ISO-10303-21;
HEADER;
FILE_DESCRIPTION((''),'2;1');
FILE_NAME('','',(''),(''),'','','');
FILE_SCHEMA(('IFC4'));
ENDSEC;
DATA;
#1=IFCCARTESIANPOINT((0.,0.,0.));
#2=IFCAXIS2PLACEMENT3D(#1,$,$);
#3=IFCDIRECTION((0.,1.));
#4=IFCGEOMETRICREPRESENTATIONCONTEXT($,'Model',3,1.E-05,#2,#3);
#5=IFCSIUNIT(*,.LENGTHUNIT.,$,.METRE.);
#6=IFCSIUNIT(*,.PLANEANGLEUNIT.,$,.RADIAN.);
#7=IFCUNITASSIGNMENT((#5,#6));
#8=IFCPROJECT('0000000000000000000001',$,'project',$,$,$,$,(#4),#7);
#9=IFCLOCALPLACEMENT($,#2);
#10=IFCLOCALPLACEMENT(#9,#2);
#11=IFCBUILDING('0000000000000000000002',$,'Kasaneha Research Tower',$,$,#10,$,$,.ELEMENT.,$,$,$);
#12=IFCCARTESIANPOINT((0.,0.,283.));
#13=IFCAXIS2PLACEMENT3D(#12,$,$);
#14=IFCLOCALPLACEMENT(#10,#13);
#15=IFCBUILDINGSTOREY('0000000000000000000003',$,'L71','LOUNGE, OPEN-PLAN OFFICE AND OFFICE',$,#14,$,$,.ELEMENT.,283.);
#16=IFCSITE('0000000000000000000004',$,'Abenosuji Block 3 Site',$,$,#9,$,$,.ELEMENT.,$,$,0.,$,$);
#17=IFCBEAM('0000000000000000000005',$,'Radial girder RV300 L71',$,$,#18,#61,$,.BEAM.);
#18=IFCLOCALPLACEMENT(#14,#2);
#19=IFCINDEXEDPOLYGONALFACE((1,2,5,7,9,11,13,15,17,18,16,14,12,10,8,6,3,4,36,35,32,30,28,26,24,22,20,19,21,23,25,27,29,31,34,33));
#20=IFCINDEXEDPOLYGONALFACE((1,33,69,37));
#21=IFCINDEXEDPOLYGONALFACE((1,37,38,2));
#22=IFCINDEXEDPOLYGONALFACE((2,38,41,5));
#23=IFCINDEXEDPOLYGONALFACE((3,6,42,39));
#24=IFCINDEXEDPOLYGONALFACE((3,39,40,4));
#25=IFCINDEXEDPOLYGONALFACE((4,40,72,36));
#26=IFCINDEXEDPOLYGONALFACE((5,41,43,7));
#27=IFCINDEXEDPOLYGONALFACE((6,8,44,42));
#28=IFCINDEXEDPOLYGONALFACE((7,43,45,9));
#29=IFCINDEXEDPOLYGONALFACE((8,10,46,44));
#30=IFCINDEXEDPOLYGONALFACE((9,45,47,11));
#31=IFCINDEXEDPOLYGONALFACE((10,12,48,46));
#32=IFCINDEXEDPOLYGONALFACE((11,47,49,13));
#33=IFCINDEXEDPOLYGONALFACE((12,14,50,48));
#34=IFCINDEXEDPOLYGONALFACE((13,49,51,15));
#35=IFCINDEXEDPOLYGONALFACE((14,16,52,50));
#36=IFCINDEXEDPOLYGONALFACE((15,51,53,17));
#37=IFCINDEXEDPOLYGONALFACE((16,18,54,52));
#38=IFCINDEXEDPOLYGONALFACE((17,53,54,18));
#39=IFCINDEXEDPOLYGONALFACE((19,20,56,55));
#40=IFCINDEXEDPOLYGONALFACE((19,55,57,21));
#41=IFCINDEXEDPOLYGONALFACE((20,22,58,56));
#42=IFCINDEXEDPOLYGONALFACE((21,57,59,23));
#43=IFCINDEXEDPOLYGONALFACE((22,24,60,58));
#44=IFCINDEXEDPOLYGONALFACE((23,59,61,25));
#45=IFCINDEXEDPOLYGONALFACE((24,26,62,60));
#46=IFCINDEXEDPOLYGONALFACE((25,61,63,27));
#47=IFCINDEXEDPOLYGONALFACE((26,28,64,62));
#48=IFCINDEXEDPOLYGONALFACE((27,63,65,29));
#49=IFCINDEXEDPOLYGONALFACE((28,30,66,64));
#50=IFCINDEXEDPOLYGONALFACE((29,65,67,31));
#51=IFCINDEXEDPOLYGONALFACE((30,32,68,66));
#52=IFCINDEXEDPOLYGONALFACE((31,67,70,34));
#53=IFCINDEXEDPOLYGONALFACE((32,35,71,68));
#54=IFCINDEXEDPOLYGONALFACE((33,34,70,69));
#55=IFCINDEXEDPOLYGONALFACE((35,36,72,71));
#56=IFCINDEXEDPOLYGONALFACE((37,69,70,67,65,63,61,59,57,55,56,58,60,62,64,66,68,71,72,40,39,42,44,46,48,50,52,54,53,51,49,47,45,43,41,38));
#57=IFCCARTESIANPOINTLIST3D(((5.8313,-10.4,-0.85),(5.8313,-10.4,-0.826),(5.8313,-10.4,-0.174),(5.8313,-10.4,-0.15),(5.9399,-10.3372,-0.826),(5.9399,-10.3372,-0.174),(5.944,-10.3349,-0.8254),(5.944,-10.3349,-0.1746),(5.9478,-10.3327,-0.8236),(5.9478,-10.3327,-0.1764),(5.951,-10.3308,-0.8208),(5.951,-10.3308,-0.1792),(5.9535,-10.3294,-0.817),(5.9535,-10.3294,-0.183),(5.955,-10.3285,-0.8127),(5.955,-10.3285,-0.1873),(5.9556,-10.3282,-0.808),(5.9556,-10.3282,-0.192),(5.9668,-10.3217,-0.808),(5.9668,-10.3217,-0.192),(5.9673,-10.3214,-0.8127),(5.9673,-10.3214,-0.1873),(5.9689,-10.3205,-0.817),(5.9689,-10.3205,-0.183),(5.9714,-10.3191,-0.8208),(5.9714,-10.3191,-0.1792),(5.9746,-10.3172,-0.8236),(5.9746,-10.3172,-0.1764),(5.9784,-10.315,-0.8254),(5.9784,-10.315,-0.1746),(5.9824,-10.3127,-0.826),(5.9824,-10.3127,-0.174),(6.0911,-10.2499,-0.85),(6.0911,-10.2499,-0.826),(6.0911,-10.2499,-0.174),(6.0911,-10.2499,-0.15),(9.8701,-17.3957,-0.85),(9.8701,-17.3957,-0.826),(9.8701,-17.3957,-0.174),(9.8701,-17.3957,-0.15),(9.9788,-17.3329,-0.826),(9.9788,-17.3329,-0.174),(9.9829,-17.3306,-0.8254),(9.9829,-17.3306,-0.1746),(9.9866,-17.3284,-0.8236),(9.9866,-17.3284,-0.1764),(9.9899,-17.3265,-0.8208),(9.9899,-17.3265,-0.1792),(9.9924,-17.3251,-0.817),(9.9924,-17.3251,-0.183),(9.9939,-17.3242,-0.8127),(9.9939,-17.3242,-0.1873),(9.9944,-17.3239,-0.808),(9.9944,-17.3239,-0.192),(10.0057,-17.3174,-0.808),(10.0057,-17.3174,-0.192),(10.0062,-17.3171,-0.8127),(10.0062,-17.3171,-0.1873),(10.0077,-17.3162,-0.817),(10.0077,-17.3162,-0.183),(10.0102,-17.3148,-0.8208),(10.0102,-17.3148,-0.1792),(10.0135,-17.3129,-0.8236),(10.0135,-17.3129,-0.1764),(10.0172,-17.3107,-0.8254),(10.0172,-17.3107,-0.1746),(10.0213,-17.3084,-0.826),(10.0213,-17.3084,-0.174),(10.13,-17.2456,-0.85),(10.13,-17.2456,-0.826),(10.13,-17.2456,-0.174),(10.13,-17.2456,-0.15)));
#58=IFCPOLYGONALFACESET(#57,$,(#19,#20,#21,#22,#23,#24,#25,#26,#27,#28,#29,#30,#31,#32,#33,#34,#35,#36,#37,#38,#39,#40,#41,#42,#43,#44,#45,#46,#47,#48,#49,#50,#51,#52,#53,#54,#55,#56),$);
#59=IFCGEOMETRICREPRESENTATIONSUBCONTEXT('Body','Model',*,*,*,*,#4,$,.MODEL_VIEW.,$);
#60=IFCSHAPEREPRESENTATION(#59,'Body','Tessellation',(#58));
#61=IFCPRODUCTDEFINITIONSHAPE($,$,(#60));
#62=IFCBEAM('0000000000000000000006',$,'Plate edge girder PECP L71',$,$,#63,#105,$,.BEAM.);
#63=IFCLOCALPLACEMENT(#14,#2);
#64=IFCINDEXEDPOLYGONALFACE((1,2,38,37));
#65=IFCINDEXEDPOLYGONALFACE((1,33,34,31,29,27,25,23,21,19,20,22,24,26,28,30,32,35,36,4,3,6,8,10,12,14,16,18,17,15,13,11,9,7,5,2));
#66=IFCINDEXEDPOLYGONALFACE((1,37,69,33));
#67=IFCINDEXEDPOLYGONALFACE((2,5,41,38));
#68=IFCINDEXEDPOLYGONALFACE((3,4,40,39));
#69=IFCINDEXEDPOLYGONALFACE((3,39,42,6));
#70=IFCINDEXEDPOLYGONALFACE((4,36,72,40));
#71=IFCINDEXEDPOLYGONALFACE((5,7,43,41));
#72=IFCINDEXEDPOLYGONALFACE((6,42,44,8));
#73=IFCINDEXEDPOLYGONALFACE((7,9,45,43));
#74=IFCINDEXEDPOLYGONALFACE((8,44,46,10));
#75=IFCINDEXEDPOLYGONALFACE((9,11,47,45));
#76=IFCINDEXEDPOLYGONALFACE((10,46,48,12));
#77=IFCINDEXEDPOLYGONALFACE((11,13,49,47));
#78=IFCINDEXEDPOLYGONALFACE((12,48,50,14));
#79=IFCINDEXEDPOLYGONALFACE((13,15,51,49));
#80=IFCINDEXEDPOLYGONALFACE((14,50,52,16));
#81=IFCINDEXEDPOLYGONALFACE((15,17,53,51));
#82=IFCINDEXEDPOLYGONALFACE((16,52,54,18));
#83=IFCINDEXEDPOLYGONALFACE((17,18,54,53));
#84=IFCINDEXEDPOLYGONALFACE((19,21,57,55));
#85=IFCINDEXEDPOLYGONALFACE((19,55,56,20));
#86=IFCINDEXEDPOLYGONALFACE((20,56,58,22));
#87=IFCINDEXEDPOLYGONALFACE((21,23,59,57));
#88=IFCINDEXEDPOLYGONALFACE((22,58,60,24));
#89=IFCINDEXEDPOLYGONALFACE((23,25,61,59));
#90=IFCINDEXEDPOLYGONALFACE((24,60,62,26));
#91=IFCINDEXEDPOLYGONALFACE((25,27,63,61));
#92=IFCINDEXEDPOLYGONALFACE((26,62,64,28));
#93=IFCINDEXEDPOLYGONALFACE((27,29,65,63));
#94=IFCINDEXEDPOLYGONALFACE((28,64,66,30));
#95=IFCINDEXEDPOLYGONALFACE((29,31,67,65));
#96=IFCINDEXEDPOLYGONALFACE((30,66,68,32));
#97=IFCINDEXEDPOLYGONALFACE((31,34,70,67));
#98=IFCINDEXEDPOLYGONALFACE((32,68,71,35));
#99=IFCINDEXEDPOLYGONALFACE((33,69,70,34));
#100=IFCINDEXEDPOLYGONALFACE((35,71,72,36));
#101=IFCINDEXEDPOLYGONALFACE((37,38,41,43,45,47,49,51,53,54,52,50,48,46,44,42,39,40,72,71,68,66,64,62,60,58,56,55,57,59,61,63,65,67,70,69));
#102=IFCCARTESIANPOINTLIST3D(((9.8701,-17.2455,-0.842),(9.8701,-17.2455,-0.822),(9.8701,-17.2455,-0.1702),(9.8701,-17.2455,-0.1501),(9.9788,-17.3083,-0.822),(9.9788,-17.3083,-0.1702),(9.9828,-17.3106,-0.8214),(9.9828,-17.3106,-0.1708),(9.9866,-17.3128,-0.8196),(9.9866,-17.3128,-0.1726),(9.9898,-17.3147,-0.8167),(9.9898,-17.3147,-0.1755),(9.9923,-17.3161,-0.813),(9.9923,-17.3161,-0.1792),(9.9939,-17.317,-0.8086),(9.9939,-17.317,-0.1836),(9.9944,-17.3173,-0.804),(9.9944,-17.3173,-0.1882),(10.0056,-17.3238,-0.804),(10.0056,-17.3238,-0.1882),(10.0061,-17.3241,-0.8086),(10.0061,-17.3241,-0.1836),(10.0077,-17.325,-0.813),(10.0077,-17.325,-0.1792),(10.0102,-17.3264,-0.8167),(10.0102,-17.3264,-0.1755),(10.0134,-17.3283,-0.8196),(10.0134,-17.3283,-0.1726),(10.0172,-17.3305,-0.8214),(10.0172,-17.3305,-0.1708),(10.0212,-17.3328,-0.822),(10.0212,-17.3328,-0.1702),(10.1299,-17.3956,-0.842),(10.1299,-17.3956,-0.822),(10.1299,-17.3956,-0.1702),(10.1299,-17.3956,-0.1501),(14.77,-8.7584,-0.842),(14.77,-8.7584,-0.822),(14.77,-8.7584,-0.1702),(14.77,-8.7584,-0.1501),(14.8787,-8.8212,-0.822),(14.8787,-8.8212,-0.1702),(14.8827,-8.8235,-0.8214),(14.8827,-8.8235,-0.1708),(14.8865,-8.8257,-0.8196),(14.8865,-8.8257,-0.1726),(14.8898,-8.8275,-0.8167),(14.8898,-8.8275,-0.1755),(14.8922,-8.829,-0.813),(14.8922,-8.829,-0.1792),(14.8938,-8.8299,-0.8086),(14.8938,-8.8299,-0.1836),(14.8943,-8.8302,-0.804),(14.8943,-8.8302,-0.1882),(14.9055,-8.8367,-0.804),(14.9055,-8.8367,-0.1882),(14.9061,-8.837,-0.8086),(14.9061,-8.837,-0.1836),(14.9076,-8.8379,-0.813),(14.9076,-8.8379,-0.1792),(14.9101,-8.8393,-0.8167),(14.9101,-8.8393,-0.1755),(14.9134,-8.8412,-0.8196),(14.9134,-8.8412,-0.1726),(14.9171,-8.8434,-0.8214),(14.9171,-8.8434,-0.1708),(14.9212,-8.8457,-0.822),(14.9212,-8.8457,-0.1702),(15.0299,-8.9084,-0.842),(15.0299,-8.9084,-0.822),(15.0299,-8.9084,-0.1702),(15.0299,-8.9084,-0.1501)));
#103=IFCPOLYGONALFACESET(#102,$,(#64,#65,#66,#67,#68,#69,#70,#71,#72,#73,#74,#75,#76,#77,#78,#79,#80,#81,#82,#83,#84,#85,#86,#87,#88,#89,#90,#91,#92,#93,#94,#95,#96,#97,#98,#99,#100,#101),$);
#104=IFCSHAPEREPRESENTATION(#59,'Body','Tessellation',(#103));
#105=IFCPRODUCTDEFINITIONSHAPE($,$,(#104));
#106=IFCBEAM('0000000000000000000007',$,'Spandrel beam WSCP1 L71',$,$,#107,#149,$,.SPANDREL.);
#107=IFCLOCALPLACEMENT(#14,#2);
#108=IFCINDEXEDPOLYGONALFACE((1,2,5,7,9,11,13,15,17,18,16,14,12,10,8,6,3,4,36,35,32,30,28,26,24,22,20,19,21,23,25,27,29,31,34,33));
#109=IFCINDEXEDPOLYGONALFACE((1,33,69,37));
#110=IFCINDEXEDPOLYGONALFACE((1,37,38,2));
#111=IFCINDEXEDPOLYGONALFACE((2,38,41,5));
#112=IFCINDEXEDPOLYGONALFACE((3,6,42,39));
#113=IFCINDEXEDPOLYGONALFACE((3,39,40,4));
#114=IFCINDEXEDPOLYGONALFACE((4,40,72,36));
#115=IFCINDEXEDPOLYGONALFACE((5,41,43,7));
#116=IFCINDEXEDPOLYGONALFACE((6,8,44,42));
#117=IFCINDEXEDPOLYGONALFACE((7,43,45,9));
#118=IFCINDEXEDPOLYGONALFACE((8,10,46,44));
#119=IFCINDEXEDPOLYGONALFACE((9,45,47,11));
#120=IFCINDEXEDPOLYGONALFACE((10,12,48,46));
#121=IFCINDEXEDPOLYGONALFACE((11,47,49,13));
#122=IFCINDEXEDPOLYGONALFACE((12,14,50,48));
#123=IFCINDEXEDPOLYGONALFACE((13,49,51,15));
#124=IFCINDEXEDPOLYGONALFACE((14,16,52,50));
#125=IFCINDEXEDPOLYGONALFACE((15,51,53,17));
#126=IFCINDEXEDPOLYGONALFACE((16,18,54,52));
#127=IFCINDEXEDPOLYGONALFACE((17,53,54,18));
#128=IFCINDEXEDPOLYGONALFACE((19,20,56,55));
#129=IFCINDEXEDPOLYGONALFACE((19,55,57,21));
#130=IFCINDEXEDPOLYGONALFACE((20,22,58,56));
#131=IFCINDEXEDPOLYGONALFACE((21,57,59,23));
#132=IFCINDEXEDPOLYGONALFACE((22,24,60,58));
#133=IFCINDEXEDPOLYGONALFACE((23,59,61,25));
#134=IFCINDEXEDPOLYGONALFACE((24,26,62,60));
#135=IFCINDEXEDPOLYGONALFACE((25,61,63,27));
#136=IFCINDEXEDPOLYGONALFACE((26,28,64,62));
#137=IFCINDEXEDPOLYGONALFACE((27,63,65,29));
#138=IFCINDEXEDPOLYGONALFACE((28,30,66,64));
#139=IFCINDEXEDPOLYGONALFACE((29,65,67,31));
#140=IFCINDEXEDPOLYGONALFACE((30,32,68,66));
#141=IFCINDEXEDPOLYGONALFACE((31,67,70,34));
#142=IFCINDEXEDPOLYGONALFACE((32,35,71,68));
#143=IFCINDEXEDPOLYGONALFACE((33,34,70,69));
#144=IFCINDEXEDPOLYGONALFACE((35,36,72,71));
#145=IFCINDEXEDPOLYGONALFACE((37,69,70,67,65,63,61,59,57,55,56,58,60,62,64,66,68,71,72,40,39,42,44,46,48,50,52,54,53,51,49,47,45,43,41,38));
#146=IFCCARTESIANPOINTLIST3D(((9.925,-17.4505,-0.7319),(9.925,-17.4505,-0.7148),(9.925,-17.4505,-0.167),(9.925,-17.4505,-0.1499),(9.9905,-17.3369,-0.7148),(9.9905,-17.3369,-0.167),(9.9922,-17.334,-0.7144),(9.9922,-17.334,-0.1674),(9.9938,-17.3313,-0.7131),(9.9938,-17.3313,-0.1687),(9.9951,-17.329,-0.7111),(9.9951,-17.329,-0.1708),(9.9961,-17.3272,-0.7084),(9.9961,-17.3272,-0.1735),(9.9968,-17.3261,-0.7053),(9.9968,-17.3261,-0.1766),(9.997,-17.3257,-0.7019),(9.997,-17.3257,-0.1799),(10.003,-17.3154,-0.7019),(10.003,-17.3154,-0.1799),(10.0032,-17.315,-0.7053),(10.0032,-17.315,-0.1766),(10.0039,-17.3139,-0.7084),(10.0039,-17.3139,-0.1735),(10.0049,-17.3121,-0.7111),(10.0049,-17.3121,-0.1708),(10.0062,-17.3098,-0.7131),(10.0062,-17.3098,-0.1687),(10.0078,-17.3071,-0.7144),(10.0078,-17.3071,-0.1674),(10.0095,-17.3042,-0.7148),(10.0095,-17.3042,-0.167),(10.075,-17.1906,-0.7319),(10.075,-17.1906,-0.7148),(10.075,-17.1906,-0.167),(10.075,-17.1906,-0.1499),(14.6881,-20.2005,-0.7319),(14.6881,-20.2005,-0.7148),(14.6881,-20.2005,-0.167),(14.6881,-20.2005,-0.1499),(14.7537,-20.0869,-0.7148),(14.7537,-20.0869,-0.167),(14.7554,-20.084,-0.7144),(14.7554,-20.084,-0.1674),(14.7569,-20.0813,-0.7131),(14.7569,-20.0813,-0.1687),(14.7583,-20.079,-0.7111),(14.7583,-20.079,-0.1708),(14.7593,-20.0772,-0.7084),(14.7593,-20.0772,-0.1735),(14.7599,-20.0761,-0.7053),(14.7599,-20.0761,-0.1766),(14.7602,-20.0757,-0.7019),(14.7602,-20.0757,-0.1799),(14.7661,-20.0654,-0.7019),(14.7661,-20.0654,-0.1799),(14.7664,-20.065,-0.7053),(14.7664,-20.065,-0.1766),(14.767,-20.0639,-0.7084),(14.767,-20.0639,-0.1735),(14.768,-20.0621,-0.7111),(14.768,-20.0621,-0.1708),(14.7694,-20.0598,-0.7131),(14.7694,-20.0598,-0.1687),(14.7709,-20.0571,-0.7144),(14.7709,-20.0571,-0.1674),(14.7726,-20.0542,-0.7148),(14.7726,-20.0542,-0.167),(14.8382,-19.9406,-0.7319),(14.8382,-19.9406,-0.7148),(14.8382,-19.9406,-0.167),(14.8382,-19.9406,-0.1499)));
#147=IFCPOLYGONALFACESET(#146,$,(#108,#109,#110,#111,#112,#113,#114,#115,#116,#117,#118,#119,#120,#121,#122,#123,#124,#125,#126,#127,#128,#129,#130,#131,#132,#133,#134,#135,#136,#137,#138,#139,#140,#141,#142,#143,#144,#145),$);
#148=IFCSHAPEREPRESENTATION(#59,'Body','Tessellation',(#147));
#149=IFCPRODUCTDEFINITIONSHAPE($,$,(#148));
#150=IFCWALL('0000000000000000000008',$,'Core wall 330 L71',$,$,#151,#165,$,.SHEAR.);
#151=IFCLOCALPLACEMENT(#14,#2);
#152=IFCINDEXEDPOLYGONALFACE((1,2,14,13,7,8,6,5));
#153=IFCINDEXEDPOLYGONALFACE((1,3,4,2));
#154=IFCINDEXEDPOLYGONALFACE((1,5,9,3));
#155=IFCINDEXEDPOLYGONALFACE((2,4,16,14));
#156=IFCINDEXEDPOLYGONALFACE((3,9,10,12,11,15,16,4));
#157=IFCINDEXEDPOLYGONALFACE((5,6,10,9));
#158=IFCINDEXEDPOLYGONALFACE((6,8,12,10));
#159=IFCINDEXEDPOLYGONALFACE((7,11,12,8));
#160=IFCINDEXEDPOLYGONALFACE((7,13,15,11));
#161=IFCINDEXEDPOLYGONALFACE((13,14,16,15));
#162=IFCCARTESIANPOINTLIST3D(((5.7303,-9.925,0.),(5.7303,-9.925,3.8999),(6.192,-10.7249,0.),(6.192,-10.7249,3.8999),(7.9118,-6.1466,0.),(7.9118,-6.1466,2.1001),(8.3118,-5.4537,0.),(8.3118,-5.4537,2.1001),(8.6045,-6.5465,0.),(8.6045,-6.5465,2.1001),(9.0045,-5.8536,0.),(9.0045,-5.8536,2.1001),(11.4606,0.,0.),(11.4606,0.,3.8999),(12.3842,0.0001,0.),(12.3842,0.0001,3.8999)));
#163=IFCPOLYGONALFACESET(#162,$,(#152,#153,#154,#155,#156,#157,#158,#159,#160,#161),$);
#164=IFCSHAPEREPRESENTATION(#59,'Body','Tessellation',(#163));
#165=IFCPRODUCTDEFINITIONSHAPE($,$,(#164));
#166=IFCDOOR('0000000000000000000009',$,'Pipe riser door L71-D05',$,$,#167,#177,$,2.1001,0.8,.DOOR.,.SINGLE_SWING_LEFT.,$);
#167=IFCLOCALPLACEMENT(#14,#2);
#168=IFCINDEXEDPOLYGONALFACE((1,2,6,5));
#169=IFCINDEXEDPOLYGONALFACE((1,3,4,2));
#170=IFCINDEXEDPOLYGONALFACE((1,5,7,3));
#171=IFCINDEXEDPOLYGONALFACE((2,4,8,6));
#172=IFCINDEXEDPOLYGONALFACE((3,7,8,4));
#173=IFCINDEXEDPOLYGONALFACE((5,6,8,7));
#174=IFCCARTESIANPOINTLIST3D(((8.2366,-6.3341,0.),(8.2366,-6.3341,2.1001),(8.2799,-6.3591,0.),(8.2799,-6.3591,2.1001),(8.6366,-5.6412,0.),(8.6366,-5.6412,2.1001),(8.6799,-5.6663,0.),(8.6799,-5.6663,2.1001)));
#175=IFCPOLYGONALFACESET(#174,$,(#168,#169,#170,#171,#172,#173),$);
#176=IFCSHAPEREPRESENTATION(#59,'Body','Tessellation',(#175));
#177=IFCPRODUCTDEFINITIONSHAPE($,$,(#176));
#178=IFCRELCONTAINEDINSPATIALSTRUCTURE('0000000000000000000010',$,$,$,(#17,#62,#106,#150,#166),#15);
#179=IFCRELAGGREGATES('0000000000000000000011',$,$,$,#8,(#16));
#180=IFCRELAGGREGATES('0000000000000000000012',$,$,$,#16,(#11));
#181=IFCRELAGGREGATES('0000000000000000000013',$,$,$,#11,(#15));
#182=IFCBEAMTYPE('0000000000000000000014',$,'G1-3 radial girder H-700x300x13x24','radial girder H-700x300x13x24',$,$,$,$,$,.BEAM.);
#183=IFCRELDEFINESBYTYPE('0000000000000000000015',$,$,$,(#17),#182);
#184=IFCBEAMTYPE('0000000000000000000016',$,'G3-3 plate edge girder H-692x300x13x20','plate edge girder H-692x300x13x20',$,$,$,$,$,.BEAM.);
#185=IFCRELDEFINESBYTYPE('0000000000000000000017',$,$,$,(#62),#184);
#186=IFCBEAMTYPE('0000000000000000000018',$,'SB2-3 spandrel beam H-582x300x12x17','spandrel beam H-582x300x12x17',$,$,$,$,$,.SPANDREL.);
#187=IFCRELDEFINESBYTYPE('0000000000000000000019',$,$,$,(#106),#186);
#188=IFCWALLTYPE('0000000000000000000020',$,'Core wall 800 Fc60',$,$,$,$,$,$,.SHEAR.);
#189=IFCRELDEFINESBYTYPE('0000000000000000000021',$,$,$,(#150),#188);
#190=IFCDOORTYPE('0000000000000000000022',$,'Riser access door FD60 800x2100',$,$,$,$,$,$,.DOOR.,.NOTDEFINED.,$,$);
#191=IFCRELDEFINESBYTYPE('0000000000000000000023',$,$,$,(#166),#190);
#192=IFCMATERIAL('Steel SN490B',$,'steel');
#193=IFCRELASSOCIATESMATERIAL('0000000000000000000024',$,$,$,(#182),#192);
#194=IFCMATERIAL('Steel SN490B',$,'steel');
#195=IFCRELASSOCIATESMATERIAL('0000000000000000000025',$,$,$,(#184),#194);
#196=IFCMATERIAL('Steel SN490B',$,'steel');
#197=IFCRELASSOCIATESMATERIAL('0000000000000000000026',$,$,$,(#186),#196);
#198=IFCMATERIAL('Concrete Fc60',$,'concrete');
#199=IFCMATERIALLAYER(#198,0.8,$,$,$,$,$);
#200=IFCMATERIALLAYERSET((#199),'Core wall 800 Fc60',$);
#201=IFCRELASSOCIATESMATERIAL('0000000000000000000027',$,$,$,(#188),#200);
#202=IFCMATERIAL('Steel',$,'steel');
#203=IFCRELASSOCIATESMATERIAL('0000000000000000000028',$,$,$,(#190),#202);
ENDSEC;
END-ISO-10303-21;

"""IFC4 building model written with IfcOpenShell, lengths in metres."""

from ifc_helpers import new_model, si_unit, direction, frame, frame_2d, origin, origin_2d, place, context, subcontext, project, spatial, polyline, rectangle, i_section, outline, extrude, material, layer, layer_set, material_profile, profile_set, type_object, element, fill, save


model = new_model("IFC4")

# Units and contexts
model_context = context("Model", 3, precision=1e-05, world=origin(), true_north=direction((0.0, 1.0)))
body_context = subcontext(model_context, "Body", "Model", "MODEL_VIEW")
ifc_project = project(units=[si_unit("LENGTHUNIT", "METRE"), si_unit("PLANEANGLEUNIT", "RADIAN")], contexts=[model_context])

# Site, building, storey
site_placement = place(None, origin())
site = spatial("IfcSite", under=ifc_project, at=site_placement, Name="Abenosuji Block 3 Site", CompositionType="ELEMENT", RefElevation=0.0)
building_placement = place(site_placement, origin())
building = spatial("IfcBuilding", under=site, at=building_placement, Name="Kasaneha Research Tower", CompositionType="ELEMENT")
storey_placement = place(building_placement, frame((0.0, 0.0, 283.0)))
storey = spatial("IfcBuildingStorey", under=building, at=storey_placement, Name="L71", Description="LOUNGE, OPEN-PLAN OFFICE AND OFFICE", CompositionType="ELEMENT", Elevation=283.0)

# Beams
ifc_material_1 = material(Name="Steel SN490B", Category="steel")
ifc_material_profile_1 = material_profile(ifc_material_1, i_section(OverallWidth=0.3, OverallDepth=0.7, WebThickness=0.0129, FlangeThickness=0.0239, FilletRadius=0.0181, at=origin_2d()), Name="H-700x300x13x24")
ifc_profile_set_1 = profile_set([ifc_material_profile_1], Name="Steel SN490B")
beam_type_1 = type_object("IfcBeamType", Name="G1-3 radial girder H-700x300x13x24", Description="radial girder H-700x300x13x24", PredefinedType="BEAM", material=ifc_profile_set_1)
beam_1_placement = place(storey_placement, frame((5.9612, -10.325, -0.5), z_axis=(0.499991, -0.866031, 0.0), x_axis=(0.866031, 0.499991, 0.0)))
element("IfcBeam", 1, at=beam_1_placement, inside=storey, type_object=beam_type_1, Name="Radial girder RV300 L71", PredefinedType="BEAM", context=body_context, shape_type="SweptSolid", body=[
    extrude(i_section(OverallWidth=0.3, OverallDepth=0.7, WebThickness=0.0129, FlangeThickness=0.0239, FilletRadius=0.0181, at=origin_2d()), origin(), (0.0, 0.0, 1.0), 8.0779),
])
ifc_material_2 = material(Name="Steel SN490B", Category="steel")
ifc_material_profile_2 = material_profile(ifc_material_2, i_section(OverallWidth=0.3, OverallDepth=0.6919, WebThickness=0.0129, FlangeThickness=0.02, FilletRadius=0.0181, at=origin_2d()), Name="H-692x300x13x20")
ifc_profile_set_2 = profile_set([ifc_material_profile_2], Name="Steel SN490B")
beam_type_2 = type_object("IfcBeamType", Name="G3-3 plate edge girder H-692x300x13x20", Description="plate edge girder H-692x300x13x20", PredefinedType="BEAM", material=ifc_profile_set_2)
beam_2_placement = place(storey_placement, frame((10.0, -17.3206, -0.4961), z_axis=(0.499992, 0.86603, 0.0), x_axis=(-0.86603, 0.499992, 0.0)))
element("IfcBeam", 2, at=beam_2_placement, inside=storey, type_object=beam_type_2, Name="Plate edge girder PECP L71", PredefinedType="BEAM", context=body_context, shape_type="SweptSolid", body=[
    extrude(i_section(OverallWidth=0.3, OverallDepth=0.6919, WebThickness=0.0129, FlangeThickness=0.02, FilletRadius=0.0181, at=origin_2d()), origin(), (0.0, 0.0, 1.0), 9.8),
])
ifc_material_3 = material(Name="Steel SN490B", Category="steel")
ifc_material_profile_3 = material_profile(ifc_material_3, i_section(OverallWidth=0.3, OverallDepth=0.582, WebThickness=0.012, FlangeThickness=0.0171, FilletRadius=0.0129, at=origin_2d()), Name="H-582x300x12x17")
ifc_profile_set_3 = profile_set([ifc_material_profile_3], Name="Steel SN490B")
beam_type_3 = type_object("IfcBeamType", Name="SB2-3 spandrel beam H-582x300x12x17", Description="spandrel beam H-582x300x12x17", PredefinedType="SPANDREL", material=ifc_profile_set_3)
beam_3_placement = place(storey_placement, frame((10.0, -17.3206, -0.4409), z_axis=(0.866027, -0.499997, 0.0), x_axis=(0.499997, 0.866027, 0.0)))
element("IfcBeam", 3, at=beam_3_placement, inside=storey, type_object=beam_type_3, Name="Spandrel beam WSCP1 L71", PredefinedType="SPANDREL", context=body_context, shape_type="SweptSolid", body=[
    extrude(i_section(OverallWidth=0.3, OverallDepth=0.582, WebThickness=0.012, FlangeThickness=0.0171, FilletRadius=0.0129, at=origin_2d()), origin(), (0.0, 0.0, 1.0), 5.5),
])

# Wall, opening, door
ifc_material_4 = material(Name="Concrete Fc60", Category="concrete")
ifc_layer_1 = layer(ifc_material_4, 0.8)
ifc_layer_set_1 = layer_set([ifc_layer_1], Name="Core wall 800 Fc60")
wall_type_1 = type_object("IfcWallType", Name="Core wall 800 Fc60", PredefinedType="SHEAR", material=ifc_layer_set_1)
wall_1_placement = place(storey_placement, frame((5.9612, -10.325, 0.0), z_axis=(0.0, 0.0, 1.0), x_axis=(0.500004, 0.866023, 0.0)))
wall_1 = element("IfcWall", 4, at=wall_1_placement, inside=storey, type_object=wall_type_1, Name="Core wall 330 L71", PredefinedType="SHEAR", context=body_context, shape_type="SweptSolid", body=[
    extrude(outline(polyline([(-0.231, -0.3999), (4.594, -0.3999), (5.394, -0.3999), (12.1533, -0.3999), (11.6914, 0.3999), (5.394, 0.3999), (4.594, 0.3999), (0.231, 0.3999), (-0.231, -0.3999)])), origin(), (0.0, 0.0, 1.0), 3.8999),
])
opening_1_placement = place(wall_1_placement, frame((4.594, 0.0, 0.0)))
opening_1 = element("IfcOpeningElement", 5, at=opening_1_placement, cuts=wall_1, PredefinedType="OPENING", context=body_context, shape_type="SweptSolid", body=[
    extrude(rectangle(XDim=0.8, YDim=2.1001, at=frame_2d((0.3999, 1.05))), frame((0.0, 0.4102, 0.0), z_axis=(0.0, -1.0, 0.0), x_axis=(1.0, 0.0, 0.0)), (0.0, 0.0, 1.0), 0.8201),
])
ifc_material_5 = material(Name="Steel", Category="steel")
door_type_1 = type_object("IfcDoorType", Name="Riser access door FD60 800x2100", OperationType="NOTDEFINED", PredefinedType="DOOR", material=ifc_material_5)
door_1_placement = place(opening_1_placement, origin())
door_1 = element("IfcDoor", 6, at=door_1_placement, inside=storey, type_object=door_type_1, Name="Pipe riser door L71-D05", OperationType="SINGLE_SWING_LEFT", OverallHeight=2.1001, OverallWidth=0.8, PredefinedType="DOOR", context=body_context, shape_type="SweptSolid", body=[
    extrude(rectangle(XDim=0.8, YDim=2.1001, at=frame_2d((0.3999, 1.05))), frame((0.0, 0.0249, 0.0), z_axis=(0.0, -1.0, 0.0), x_axis=(1.0, 0.0, 0.0)), (0.0, 0.0, 1.0), 0.05),
])
fill(opening_1, door_1)

save(model, "model.ifc")
